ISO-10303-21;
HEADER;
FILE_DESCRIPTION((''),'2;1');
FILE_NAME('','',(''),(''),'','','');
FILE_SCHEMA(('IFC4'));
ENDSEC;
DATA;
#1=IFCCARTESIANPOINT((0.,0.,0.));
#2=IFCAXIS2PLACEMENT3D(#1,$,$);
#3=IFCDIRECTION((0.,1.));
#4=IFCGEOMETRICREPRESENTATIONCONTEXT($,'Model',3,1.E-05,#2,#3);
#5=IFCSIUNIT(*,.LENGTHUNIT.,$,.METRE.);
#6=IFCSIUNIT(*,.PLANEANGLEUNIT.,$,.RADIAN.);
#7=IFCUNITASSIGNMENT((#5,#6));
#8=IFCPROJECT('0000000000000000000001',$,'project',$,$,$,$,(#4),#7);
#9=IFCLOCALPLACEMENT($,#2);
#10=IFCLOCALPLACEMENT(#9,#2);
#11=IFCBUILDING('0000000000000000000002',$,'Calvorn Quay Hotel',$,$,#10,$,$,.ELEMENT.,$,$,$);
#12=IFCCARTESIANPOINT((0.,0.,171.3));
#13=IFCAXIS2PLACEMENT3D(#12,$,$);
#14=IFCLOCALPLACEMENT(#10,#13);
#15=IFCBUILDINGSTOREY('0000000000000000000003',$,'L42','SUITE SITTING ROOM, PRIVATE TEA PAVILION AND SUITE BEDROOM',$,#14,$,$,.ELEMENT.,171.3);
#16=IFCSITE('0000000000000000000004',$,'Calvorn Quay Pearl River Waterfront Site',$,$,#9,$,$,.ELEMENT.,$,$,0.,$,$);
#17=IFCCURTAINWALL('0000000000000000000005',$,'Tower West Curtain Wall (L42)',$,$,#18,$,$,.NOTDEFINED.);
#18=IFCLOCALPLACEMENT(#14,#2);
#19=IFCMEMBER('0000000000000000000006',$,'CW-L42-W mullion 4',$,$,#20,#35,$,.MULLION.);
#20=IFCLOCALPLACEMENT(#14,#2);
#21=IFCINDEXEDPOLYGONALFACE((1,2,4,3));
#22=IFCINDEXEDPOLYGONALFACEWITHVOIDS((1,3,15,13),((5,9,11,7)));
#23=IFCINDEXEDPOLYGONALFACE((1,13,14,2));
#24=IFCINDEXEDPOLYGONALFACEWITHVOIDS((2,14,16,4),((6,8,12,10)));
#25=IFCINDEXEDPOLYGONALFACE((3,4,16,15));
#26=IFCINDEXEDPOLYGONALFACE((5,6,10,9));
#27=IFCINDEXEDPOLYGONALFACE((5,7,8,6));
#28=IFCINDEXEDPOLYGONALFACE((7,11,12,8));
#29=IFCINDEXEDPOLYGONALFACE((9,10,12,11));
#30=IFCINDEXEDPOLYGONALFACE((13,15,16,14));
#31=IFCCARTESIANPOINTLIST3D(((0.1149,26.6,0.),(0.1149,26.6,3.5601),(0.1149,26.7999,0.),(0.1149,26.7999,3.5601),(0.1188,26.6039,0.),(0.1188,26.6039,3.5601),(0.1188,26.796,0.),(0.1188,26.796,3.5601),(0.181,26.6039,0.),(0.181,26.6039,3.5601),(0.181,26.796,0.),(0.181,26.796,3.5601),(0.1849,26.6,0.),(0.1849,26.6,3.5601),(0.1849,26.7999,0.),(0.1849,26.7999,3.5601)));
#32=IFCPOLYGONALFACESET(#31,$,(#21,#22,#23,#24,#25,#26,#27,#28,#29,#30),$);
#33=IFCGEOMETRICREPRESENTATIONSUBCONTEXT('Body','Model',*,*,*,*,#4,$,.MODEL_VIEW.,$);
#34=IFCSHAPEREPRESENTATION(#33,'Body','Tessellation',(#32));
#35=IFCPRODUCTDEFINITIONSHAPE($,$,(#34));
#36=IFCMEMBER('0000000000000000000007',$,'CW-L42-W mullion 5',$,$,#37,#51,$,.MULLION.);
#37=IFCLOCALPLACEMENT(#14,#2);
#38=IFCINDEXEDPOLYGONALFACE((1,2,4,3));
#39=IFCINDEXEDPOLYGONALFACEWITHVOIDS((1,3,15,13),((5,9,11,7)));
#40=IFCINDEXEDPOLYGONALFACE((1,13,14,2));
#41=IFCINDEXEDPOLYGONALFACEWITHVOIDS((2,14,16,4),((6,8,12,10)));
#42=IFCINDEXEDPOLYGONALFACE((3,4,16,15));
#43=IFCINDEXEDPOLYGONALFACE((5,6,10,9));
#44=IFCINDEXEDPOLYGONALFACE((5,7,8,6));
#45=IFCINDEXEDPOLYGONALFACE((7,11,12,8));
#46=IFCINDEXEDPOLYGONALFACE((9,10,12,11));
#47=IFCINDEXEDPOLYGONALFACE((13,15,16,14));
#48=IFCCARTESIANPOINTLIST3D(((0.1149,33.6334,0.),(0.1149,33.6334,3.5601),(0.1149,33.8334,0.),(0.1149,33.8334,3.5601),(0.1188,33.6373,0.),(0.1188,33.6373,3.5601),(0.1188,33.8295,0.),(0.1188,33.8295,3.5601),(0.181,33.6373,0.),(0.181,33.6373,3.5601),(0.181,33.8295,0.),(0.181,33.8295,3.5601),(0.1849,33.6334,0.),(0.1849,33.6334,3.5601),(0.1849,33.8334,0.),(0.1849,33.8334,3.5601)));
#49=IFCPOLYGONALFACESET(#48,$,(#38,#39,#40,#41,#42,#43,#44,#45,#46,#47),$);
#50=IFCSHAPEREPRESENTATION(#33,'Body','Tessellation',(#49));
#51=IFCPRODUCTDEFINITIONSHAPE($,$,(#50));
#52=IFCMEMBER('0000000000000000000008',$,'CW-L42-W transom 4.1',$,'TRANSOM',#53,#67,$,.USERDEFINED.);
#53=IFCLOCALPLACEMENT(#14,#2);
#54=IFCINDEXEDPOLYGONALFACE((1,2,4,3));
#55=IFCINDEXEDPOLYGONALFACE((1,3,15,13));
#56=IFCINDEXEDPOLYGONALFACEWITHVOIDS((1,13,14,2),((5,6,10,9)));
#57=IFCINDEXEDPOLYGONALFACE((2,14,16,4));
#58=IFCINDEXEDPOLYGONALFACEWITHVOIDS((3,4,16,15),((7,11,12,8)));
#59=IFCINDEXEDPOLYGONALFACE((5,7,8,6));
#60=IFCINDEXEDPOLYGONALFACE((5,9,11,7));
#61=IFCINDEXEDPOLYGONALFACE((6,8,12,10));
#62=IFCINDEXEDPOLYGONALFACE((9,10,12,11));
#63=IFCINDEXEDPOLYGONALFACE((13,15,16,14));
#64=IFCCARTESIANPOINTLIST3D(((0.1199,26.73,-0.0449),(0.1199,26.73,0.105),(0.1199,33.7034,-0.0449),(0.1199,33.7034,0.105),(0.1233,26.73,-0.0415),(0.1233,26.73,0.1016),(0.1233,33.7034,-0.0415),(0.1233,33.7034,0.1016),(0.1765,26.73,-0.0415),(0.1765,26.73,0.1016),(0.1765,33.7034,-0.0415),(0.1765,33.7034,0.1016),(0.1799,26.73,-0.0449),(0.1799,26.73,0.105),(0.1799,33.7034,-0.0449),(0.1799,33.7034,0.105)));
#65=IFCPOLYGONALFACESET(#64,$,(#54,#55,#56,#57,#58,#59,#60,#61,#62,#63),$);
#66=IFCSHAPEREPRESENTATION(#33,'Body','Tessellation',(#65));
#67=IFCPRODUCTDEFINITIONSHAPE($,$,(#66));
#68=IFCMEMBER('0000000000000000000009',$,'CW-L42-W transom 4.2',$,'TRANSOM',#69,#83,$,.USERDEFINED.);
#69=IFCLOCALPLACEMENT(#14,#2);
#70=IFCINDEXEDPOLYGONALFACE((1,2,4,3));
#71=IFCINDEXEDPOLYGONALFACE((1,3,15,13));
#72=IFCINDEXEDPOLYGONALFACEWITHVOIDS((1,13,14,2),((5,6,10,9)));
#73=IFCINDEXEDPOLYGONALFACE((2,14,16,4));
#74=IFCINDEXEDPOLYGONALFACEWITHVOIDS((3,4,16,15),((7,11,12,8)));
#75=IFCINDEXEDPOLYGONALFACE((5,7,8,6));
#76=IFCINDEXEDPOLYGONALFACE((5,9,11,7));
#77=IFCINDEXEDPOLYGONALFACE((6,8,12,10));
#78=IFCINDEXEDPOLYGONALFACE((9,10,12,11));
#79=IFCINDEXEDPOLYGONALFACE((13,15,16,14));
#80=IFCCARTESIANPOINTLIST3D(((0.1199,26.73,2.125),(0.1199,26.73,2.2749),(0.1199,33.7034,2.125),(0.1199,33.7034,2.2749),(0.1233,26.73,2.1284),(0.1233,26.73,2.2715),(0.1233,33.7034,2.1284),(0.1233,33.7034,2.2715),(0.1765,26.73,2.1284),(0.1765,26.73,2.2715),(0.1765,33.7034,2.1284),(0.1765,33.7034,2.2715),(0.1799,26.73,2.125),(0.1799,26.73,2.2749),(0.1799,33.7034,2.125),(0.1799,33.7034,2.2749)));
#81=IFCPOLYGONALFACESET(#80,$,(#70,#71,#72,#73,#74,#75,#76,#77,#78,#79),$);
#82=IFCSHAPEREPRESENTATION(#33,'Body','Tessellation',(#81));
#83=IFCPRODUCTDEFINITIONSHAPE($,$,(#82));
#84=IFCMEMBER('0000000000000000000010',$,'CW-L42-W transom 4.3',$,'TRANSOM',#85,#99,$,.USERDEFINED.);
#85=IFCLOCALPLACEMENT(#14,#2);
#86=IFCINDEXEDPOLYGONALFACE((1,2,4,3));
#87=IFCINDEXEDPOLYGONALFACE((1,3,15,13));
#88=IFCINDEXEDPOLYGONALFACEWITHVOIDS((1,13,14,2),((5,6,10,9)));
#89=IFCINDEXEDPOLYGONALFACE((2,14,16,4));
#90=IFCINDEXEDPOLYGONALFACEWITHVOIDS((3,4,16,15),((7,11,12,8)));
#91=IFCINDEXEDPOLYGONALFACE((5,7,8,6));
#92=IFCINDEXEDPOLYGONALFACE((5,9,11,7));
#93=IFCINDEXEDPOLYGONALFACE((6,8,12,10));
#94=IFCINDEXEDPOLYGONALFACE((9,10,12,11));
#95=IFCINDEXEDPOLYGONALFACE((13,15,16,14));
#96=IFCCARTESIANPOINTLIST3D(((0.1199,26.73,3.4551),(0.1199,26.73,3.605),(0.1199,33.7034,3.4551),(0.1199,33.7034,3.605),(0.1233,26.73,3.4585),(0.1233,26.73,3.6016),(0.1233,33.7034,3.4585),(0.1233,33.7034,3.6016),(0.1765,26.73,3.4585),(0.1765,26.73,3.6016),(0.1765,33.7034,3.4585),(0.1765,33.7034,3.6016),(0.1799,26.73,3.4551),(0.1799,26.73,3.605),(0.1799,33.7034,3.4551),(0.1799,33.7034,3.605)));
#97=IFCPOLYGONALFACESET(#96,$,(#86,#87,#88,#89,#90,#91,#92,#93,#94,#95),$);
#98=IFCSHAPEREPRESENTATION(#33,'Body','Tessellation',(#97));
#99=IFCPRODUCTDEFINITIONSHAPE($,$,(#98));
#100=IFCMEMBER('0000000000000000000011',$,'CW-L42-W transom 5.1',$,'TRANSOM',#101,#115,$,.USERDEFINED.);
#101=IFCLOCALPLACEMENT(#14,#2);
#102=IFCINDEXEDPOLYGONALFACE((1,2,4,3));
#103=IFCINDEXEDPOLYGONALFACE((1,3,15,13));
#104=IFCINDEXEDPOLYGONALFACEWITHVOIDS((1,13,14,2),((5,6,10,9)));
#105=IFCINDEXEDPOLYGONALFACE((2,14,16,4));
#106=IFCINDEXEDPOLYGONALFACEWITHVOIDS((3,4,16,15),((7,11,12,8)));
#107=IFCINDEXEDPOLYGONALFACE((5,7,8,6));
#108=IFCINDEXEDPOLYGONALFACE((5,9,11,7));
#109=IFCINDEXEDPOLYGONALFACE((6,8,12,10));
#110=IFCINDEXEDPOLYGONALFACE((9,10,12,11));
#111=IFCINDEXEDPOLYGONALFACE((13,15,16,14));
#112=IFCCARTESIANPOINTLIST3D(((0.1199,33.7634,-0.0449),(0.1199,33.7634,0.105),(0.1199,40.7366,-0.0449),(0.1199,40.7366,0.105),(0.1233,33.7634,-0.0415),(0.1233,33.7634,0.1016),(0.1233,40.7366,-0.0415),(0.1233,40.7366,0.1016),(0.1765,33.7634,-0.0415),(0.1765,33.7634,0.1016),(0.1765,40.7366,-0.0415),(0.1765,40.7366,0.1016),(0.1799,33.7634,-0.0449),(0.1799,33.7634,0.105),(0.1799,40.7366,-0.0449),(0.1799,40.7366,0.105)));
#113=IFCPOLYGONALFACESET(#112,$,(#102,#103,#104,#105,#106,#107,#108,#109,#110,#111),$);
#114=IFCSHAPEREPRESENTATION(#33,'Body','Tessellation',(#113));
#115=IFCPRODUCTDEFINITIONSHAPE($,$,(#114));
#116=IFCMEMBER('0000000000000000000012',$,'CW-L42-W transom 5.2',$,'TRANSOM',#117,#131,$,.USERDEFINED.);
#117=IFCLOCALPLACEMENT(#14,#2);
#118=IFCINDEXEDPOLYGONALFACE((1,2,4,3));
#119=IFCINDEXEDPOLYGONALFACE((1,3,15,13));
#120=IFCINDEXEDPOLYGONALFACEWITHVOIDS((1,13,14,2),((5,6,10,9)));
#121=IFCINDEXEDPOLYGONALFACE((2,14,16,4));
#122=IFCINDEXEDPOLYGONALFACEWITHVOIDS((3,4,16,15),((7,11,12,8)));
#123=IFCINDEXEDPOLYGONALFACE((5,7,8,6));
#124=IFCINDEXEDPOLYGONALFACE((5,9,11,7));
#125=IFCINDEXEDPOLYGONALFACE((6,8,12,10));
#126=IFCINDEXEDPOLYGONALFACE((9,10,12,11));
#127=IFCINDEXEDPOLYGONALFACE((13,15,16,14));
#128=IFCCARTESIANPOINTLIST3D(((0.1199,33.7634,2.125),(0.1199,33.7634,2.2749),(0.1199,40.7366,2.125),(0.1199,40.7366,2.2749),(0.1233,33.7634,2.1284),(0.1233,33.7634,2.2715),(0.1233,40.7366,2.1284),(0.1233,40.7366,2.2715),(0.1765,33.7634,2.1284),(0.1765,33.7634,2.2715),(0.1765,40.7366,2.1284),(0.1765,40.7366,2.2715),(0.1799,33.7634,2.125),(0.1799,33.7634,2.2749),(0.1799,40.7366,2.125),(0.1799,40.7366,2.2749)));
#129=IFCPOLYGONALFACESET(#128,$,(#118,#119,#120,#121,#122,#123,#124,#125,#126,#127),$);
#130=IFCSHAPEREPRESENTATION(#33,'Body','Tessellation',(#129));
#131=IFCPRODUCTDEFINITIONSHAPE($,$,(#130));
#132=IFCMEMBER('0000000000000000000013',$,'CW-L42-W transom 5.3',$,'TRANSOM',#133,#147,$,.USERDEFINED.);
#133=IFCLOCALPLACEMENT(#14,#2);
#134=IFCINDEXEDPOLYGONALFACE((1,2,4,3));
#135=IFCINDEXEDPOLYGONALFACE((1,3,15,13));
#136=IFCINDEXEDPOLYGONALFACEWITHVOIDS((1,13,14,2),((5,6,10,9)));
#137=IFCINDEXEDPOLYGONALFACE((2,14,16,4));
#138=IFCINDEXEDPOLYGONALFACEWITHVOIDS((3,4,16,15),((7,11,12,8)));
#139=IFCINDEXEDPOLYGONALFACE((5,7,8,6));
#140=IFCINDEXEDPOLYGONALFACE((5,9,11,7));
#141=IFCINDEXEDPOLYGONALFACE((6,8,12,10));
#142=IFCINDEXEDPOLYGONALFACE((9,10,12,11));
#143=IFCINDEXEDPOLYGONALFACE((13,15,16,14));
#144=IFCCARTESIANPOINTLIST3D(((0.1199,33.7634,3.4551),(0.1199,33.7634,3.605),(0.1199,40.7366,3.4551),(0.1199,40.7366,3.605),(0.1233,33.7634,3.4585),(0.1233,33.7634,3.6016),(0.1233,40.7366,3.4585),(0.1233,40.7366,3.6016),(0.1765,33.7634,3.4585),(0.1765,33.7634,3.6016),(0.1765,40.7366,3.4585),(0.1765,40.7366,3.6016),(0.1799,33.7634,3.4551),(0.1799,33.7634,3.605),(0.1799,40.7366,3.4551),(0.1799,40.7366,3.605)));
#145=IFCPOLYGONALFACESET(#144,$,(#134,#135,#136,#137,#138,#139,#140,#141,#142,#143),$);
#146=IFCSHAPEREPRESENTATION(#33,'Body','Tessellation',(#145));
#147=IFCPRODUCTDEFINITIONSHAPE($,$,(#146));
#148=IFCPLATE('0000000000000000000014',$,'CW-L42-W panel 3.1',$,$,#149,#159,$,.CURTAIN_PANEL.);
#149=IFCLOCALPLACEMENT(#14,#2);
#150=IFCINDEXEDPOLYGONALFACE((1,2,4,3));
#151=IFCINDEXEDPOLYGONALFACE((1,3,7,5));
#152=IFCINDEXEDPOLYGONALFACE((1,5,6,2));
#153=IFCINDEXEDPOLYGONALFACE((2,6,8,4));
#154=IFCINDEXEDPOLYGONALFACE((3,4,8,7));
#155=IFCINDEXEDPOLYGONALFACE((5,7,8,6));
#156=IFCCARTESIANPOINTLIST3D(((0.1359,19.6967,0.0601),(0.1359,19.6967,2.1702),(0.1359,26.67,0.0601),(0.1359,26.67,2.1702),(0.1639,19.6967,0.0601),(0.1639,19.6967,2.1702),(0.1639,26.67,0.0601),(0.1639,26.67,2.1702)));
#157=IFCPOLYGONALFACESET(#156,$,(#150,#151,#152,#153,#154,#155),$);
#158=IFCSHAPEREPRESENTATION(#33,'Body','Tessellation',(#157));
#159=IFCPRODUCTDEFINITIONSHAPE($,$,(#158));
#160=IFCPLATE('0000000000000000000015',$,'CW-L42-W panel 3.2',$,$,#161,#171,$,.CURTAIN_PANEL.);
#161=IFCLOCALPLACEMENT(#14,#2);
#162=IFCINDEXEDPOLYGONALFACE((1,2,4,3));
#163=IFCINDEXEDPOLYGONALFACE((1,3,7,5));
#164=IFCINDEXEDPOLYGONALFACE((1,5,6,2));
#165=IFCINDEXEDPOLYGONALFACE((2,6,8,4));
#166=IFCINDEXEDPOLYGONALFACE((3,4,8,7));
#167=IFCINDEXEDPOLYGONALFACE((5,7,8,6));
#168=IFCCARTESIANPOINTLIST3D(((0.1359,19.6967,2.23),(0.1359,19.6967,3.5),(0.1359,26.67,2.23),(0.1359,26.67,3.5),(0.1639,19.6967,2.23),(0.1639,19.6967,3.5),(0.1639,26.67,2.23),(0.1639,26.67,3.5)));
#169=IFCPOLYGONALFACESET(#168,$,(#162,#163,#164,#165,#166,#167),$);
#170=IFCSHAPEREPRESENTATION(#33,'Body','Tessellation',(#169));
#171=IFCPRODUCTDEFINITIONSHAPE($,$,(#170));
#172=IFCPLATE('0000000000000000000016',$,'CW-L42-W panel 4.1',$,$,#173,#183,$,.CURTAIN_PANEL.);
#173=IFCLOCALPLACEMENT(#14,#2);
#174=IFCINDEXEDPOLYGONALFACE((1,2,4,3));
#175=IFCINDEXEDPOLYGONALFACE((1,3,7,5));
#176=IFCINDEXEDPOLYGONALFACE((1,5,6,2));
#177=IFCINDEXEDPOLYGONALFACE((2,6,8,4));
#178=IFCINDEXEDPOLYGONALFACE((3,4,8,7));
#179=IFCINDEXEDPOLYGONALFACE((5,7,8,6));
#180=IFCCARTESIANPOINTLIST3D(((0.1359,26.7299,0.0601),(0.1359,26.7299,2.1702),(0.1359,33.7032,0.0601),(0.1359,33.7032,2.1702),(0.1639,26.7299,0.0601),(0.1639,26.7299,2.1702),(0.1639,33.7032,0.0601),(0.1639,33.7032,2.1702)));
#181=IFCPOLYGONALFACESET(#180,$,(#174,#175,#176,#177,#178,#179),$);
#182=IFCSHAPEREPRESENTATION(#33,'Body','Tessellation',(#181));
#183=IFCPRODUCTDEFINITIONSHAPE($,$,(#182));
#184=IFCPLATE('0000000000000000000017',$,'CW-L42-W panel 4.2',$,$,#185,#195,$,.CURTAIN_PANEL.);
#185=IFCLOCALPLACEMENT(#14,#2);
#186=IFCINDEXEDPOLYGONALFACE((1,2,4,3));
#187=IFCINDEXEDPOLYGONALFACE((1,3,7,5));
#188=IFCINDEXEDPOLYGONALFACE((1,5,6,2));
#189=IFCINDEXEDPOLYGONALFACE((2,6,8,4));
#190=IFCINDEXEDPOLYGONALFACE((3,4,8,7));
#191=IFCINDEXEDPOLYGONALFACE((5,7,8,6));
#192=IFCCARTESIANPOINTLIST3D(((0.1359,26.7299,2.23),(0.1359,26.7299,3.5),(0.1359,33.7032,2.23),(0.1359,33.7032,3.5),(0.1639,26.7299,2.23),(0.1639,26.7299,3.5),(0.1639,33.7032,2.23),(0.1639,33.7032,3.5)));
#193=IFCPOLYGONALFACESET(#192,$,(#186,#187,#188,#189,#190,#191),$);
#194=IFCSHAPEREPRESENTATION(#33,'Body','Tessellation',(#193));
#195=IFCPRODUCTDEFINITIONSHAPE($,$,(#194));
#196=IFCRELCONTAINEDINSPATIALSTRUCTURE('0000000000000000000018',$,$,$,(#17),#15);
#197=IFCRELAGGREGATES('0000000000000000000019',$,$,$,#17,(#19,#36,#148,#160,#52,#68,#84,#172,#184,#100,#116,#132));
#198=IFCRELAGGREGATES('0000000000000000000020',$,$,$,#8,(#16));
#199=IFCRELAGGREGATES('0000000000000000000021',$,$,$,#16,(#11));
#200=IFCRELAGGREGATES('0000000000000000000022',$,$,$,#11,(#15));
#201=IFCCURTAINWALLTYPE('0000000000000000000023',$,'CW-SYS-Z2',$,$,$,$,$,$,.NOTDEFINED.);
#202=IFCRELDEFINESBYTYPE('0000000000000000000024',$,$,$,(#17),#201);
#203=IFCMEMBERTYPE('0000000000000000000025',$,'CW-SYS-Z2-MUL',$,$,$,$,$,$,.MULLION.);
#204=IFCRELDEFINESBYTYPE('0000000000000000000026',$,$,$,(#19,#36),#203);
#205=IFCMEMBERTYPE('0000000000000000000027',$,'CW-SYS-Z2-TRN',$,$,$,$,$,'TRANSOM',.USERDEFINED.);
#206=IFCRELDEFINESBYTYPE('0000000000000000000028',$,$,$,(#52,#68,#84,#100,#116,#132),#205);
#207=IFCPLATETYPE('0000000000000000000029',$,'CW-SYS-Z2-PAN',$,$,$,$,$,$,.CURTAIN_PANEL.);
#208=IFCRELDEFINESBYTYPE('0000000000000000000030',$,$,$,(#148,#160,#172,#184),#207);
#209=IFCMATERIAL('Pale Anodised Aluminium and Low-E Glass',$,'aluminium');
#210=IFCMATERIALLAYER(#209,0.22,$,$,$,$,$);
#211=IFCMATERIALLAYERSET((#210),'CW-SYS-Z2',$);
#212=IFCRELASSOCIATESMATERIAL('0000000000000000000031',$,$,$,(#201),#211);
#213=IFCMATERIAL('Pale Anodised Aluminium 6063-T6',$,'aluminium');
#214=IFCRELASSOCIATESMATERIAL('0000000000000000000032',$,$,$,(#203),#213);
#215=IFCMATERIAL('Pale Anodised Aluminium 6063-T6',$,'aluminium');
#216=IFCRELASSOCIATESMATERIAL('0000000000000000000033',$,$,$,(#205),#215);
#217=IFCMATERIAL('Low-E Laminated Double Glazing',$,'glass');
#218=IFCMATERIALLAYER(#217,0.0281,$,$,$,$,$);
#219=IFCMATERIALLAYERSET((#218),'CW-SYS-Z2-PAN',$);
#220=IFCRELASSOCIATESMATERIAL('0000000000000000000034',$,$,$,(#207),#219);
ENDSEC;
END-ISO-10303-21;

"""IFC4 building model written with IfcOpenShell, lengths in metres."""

from ifc_helpers import new_model, si_unit, direction, frame, origin, origin_2d, place, context, subcontext, project, spatial, rectangle, hollow_rectangle, extrude, material, layer, layer_set, material_profile, profile_set, type_object, element, aggregate, save


model = new_model("IFC4")

# Units and contexts
model_context = context("Model", 3, precision=1e-05, world=origin(), true_north=direction((0.0, 1.0)))
body_context = subcontext(model_context, "Body", "Model", "MODEL_VIEW")
ifc_project = project(units=[si_unit("LENGTHUNIT", "METRE"), si_unit("PLANEANGLEUNIT", "RADIAN")], contexts=[model_context])

# Site, building, storey
site_placement = place(None, origin())
site = spatial("IfcSite", under=ifc_project, at=site_placement, Name="Calvorn Quay Pearl River Waterfront Site", CompositionType="ELEMENT", RefElevation=0.0)
building_placement = place(site_placement, origin())
building = spatial("IfcBuilding", under=site, at=building_placement, Name="Calvorn Quay Hotel", CompositionType="ELEMENT")
storey_placement = place(building_placement, frame((0.0, 0.0, 171.3)))
storey = spatial("IfcBuildingStorey", under=building, at=storey_placement, Name="L42", Description="SUITE SITTING ROOM, PRIVATE TEA PAVILION AND SUITE BEDROOM", CompositionType="ELEMENT", Elevation=171.3)

# Curtain wall, members, plates
ifc_material_1 = material(Name="Pale Anodised Aluminium and Low-E Glass", Category="aluminium")
ifc_layer_1 = layer(ifc_material_1, 0.22)
ifc_layer_set_1 = layer_set([ifc_layer_1], Name="CW-SYS-Z2")
curtain_wall_type = type_object("IfcCurtainWallType", Name="CW-SYS-Z2", PredefinedType="NOTDEFINED", material=ifc_layer_set_1)
curtain_wall_placement = place(storey_placement, origin())
curtain_wall = element("IfcCurtainWall", 1, at=curtain_wall_placement, inside=storey, type_object=curtain_wall_type, Name="Tower West Curtain Wall (L42)", PredefinedType="NOTDEFINED")
ifc_material_2 = material(Name="Pale Anodised Aluminium 6063-T6", Category="aluminium")
ifc_material_profile_1 = material_profile(ifc_material_2, hollow_rectangle(XDim=0.0701, YDim=0.2, WallThickness=0.0039, at=origin_2d()), Name="ALU-M200x70x4")
ifc_profile_set_1 = profile_set([ifc_material_profile_1], Name="Pale Anodised Aluminium 6063-T6")
member_type_1 = type_object("IfcMemberType", Name="CW-SYS-Z2-MUL", PredefinedType="MULLION", material=ifc_profile_set_1)
member_1_placement = place(storey_placement, frame((0.1499, 26.7, 0.0), z_axis=(0.0, 0.0, 1.0), x_axis=(-1.0, 0.0, 0.0)))
member_1 = element("IfcMember", 2, at=member_1_placement, type_object=member_type_1, Name="CW-L42-W mullion 4", PredefinedType="MULLION", context=body_context, shape_type="SweptSolid", body=[
    extrude(hollow_rectangle(XDim=0.0701, YDim=0.2, WallThickness=0.0039, at=origin_2d()), origin(), (0.0, 0.0, 1.0), 3.5601),
])
member_2_placement = place(storey_placement, frame((0.1499, 33.7334, 0.0), z_axis=(0.0, 0.0, 1.0), x_axis=(-1.0, 0.0, 0.0)))
member_2 = element("IfcMember", 3, at=member_2_placement, type_object=member_type_1, Name="CW-L42-W mullion 5", PredefinedType="MULLION", context=body_context, shape_type="SweptSolid", body=[
    extrude(hollow_rectangle(XDim=0.0701, YDim=0.2, WallThickness=0.0039, at=origin_2d()), origin(), (0.0, 0.0, 1.0), 3.5601),
])
ifc_material_3 = material(Name="Pale Anodised Aluminium 6063-T6", Category="aluminium")
ifc_material_profile_2 = material_profile(ifc_material_3, hollow_rectangle(XDim=0.0601, YDim=0.1499, WallThickness=0.0034, at=origin_2d()), Name="ALU-T150x60x3.5")
ifc_profile_set_2 = profile_set([ifc_material_profile_2], Name="Pale Anodised Aluminium 6063-T6")
member_type_2 = type_object("IfcMemberType", Name="CW-SYS-Z2-TRN", ElementType="TRANSOM", PredefinedType="USERDEFINED", material=ifc_profile_set_2)
member_3_placement = place(storey_placement, frame((0.1499, 26.73, 0.03), z_axis=(0.0, 1.0, 0.0), x_axis=(-1.0, 0.0, 0.0)))
member_3 = element("IfcMember", 4, at=member_3_placement, type_object=member_type_2, Name="CW-L42-W transom 4.1", ObjectType="TRANSOM", PredefinedType="USERDEFINED", context=body_context, shape_type="SweptSolid", body=[
    extrude(hollow_rectangle(XDim=0.0601, YDim=0.1499, WallThickness=0.0034, at=origin_2d()), origin(), (0.0, 0.0, 1.0), 6.9734),
])
member_4_placement = place(storey_placement, frame((0.1499, 26.73, 2.2), z_axis=(0.0, 1.0, 0.0), x_axis=(-1.0, 0.0, 0.0)))
member_4 = element("IfcMember", 5, at=member_4_placement, type_object=member_type_2, Name="CW-L42-W transom 4.2", ObjectType="TRANSOM", PredefinedType="USERDEFINED", context=body_context, shape_type="SweptSolid", body=[
    extrude(hollow_rectangle(XDim=0.0601, YDim=0.1499, WallThickness=0.0034, at=origin_2d()), origin(), (0.0, 0.0, 1.0), 6.9734),
])
member_5_placement = place(storey_placement, frame((0.1499, 26.73, 3.53), z_axis=(0.0, 1.0, 0.0), x_axis=(-1.0, 0.0, 0.0)))
member_5 = element("IfcMember", 6, at=member_5_placement, type_object=member_type_2, Name="CW-L42-W transom 4.3", ObjectType="TRANSOM", PredefinedType="USERDEFINED", context=body_context, shape_type="SweptSolid", body=[
    extrude(hollow_rectangle(XDim=0.0601, YDim=0.1499, WallThickness=0.0034, at=origin_2d()), origin(), (0.0, 0.0, 1.0), 6.9734),
])
member_6_placement = place(storey_placement, frame((0.1499, 33.7634, 0.03), z_axis=(0.0, 1.0, 0.0), x_axis=(-1.0, 0.0, 0.0)))
member_6 = element("IfcMember", 7, at=member_6_placement, type_object=member_type_2, Name="CW-L42-W transom 5.1", ObjectType="TRANSOM", PredefinedType="USERDEFINED", context=body_context, shape_type="SweptSolid", body=[
    extrude(hollow_rectangle(XDim=0.0601, YDim=0.1499, WallThickness=0.0034, at=origin_2d()), origin(), (0.0, 0.0, 1.0), 6.9731),
])
member_7_placement = place(storey_placement, frame((0.1499, 33.7634, 2.2), z_axis=(0.0, 1.0, 0.0), x_axis=(-1.0, 0.0, 0.0)))
member_7 = element("IfcMember", 8, at=member_7_placement, type_object=member_type_2, Name="CW-L42-W transom 5.2", ObjectType="TRANSOM", PredefinedType="USERDEFINED", context=body_context, shape_type="SweptSolid", body=[
    extrude(hollow_rectangle(XDim=0.0601, YDim=0.1499, WallThickness=0.0034, at=origin_2d()), origin(), (0.0, 0.0, 1.0), 6.9731),
])
member_8_placement = place(storey_placement, frame((0.1499, 33.7634, 3.53), z_axis=(0.0, 1.0, 0.0), x_axis=(-1.0, 0.0, 0.0)))
member_8 = element("IfcMember", 9, at=member_8_placement, type_object=member_type_2, Name="CW-L42-W transom 5.3", ObjectType="TRANSOM", PredefinedType="USERDEFINED", context=body_context, shape_type="SweptSolid", body=[
    extrude(hollow_rectangle(XDim=0.0601, YDim=0.1499, WallThickness=0.0034, at=origin_2d()), origin(), (0.0, 0.0, 1.0), 6.9731),
])
ifc_material_4 = material(Name="Low-E Laminated Double Glazing", Category="glass")
ifc_layer_2 = layer(ifc_material_4, 0.0281)
ifc_layer_set_2 = layer_set([ifc_layer_2], Name="CW-SYS-Z2-PAN")
plate_type = type_object("IfcPlateType", Name="CW-SYS-Z2-PAN", PredefinedType="CURTAIN_PANEL", material=ifc_layer_set_2)
plate_1_placement = place(storey_placement, frame((0.1499, 23.1833, 0.0601), z_axis=(0.0, 0.0, 1.0), x_axis=(0.0, 1.0, 0.0)))
plate_1 = element("IfcPlate", 10, at=plate_1_placement, type_object=plate_type, Name="CW-L42-W panel 3.1", PredefinedType="CURTAIN_PANEL", context=body_context, shape_type="SweptSolid", body=[
    extrude(rectangle(XDim=6.9734, YDim=0.0281, at=origin_2d()), origin(), (0.0, 0.0, 1.0), 2.1101),
])
plate_2_placement = place(storey_placement, frame((0.1499, 23.1833, 2.23), z_axis=(0.0, 0.0, 1.0), x_axis=(0.0, 1.0, 0.0)))
plate_2 = element("IfcPlate", 11, at=plate_2_placement, type_object=plate_type, Name="CW-L42-W panel 3.2", PredefinedType="CURTAIN_PANEL", context=body_context, shape_type="SweptSolid", body=[
    extrude(rectangle(XDim=6.9734, YDim=0.0281, at=origin_2d()), origin(), (0.0, 0.0, 1.0), 1.27),
])
plate_3_placement = place(storey_placement, frame((0.1499, 30.2166, 0.0601), z_axis=(0.0, 0.0, 1.0), x_axis=(0.0, 1.0, 0.0)))
plate_3 = element("IfcPlate", 12, at=plate_3_placement, type_object=plate_type, Name="CW-L42-W panel 4.1", PredefinedType="CURTAIN_PANEL", context=body_context, shape_type="SweptSolid", body=[
    extrude(rectangle(XDim=6.9734, YDim=0.0281, at=origin_2d()), origin(), (0.0, 0.0, 1.0), 2.1101),
])
plate_4_placement = place(storey_placement, frame((0.1499, 30.2166, 2.23), z_axis=(0.0, 0.0, 1.0), x_axis=(0.0, 1.0, 0.0)))
plate_4 = element("IfcPlate", 13, at=plate_4_placement, type_object=plate_type, Name="CW-L42-W panel 4.2", PredefinedType="CURTAIN_PANEL", context=body_context, shape_type="SweptSolid", body=[
    extrude(rectangle(XDim=6.9734, YDim=0.0281, at=origin_2d()), origin(), (0.0, 0.0, 1.0), 1.27),
])
aggregate(curtain_wall, [member_1, member_2, plate_1, plate_2, member_3, member_4, member_5, plate_3, plate_4, member_6, member_7, member_8])

save(model, "model.ifc")
